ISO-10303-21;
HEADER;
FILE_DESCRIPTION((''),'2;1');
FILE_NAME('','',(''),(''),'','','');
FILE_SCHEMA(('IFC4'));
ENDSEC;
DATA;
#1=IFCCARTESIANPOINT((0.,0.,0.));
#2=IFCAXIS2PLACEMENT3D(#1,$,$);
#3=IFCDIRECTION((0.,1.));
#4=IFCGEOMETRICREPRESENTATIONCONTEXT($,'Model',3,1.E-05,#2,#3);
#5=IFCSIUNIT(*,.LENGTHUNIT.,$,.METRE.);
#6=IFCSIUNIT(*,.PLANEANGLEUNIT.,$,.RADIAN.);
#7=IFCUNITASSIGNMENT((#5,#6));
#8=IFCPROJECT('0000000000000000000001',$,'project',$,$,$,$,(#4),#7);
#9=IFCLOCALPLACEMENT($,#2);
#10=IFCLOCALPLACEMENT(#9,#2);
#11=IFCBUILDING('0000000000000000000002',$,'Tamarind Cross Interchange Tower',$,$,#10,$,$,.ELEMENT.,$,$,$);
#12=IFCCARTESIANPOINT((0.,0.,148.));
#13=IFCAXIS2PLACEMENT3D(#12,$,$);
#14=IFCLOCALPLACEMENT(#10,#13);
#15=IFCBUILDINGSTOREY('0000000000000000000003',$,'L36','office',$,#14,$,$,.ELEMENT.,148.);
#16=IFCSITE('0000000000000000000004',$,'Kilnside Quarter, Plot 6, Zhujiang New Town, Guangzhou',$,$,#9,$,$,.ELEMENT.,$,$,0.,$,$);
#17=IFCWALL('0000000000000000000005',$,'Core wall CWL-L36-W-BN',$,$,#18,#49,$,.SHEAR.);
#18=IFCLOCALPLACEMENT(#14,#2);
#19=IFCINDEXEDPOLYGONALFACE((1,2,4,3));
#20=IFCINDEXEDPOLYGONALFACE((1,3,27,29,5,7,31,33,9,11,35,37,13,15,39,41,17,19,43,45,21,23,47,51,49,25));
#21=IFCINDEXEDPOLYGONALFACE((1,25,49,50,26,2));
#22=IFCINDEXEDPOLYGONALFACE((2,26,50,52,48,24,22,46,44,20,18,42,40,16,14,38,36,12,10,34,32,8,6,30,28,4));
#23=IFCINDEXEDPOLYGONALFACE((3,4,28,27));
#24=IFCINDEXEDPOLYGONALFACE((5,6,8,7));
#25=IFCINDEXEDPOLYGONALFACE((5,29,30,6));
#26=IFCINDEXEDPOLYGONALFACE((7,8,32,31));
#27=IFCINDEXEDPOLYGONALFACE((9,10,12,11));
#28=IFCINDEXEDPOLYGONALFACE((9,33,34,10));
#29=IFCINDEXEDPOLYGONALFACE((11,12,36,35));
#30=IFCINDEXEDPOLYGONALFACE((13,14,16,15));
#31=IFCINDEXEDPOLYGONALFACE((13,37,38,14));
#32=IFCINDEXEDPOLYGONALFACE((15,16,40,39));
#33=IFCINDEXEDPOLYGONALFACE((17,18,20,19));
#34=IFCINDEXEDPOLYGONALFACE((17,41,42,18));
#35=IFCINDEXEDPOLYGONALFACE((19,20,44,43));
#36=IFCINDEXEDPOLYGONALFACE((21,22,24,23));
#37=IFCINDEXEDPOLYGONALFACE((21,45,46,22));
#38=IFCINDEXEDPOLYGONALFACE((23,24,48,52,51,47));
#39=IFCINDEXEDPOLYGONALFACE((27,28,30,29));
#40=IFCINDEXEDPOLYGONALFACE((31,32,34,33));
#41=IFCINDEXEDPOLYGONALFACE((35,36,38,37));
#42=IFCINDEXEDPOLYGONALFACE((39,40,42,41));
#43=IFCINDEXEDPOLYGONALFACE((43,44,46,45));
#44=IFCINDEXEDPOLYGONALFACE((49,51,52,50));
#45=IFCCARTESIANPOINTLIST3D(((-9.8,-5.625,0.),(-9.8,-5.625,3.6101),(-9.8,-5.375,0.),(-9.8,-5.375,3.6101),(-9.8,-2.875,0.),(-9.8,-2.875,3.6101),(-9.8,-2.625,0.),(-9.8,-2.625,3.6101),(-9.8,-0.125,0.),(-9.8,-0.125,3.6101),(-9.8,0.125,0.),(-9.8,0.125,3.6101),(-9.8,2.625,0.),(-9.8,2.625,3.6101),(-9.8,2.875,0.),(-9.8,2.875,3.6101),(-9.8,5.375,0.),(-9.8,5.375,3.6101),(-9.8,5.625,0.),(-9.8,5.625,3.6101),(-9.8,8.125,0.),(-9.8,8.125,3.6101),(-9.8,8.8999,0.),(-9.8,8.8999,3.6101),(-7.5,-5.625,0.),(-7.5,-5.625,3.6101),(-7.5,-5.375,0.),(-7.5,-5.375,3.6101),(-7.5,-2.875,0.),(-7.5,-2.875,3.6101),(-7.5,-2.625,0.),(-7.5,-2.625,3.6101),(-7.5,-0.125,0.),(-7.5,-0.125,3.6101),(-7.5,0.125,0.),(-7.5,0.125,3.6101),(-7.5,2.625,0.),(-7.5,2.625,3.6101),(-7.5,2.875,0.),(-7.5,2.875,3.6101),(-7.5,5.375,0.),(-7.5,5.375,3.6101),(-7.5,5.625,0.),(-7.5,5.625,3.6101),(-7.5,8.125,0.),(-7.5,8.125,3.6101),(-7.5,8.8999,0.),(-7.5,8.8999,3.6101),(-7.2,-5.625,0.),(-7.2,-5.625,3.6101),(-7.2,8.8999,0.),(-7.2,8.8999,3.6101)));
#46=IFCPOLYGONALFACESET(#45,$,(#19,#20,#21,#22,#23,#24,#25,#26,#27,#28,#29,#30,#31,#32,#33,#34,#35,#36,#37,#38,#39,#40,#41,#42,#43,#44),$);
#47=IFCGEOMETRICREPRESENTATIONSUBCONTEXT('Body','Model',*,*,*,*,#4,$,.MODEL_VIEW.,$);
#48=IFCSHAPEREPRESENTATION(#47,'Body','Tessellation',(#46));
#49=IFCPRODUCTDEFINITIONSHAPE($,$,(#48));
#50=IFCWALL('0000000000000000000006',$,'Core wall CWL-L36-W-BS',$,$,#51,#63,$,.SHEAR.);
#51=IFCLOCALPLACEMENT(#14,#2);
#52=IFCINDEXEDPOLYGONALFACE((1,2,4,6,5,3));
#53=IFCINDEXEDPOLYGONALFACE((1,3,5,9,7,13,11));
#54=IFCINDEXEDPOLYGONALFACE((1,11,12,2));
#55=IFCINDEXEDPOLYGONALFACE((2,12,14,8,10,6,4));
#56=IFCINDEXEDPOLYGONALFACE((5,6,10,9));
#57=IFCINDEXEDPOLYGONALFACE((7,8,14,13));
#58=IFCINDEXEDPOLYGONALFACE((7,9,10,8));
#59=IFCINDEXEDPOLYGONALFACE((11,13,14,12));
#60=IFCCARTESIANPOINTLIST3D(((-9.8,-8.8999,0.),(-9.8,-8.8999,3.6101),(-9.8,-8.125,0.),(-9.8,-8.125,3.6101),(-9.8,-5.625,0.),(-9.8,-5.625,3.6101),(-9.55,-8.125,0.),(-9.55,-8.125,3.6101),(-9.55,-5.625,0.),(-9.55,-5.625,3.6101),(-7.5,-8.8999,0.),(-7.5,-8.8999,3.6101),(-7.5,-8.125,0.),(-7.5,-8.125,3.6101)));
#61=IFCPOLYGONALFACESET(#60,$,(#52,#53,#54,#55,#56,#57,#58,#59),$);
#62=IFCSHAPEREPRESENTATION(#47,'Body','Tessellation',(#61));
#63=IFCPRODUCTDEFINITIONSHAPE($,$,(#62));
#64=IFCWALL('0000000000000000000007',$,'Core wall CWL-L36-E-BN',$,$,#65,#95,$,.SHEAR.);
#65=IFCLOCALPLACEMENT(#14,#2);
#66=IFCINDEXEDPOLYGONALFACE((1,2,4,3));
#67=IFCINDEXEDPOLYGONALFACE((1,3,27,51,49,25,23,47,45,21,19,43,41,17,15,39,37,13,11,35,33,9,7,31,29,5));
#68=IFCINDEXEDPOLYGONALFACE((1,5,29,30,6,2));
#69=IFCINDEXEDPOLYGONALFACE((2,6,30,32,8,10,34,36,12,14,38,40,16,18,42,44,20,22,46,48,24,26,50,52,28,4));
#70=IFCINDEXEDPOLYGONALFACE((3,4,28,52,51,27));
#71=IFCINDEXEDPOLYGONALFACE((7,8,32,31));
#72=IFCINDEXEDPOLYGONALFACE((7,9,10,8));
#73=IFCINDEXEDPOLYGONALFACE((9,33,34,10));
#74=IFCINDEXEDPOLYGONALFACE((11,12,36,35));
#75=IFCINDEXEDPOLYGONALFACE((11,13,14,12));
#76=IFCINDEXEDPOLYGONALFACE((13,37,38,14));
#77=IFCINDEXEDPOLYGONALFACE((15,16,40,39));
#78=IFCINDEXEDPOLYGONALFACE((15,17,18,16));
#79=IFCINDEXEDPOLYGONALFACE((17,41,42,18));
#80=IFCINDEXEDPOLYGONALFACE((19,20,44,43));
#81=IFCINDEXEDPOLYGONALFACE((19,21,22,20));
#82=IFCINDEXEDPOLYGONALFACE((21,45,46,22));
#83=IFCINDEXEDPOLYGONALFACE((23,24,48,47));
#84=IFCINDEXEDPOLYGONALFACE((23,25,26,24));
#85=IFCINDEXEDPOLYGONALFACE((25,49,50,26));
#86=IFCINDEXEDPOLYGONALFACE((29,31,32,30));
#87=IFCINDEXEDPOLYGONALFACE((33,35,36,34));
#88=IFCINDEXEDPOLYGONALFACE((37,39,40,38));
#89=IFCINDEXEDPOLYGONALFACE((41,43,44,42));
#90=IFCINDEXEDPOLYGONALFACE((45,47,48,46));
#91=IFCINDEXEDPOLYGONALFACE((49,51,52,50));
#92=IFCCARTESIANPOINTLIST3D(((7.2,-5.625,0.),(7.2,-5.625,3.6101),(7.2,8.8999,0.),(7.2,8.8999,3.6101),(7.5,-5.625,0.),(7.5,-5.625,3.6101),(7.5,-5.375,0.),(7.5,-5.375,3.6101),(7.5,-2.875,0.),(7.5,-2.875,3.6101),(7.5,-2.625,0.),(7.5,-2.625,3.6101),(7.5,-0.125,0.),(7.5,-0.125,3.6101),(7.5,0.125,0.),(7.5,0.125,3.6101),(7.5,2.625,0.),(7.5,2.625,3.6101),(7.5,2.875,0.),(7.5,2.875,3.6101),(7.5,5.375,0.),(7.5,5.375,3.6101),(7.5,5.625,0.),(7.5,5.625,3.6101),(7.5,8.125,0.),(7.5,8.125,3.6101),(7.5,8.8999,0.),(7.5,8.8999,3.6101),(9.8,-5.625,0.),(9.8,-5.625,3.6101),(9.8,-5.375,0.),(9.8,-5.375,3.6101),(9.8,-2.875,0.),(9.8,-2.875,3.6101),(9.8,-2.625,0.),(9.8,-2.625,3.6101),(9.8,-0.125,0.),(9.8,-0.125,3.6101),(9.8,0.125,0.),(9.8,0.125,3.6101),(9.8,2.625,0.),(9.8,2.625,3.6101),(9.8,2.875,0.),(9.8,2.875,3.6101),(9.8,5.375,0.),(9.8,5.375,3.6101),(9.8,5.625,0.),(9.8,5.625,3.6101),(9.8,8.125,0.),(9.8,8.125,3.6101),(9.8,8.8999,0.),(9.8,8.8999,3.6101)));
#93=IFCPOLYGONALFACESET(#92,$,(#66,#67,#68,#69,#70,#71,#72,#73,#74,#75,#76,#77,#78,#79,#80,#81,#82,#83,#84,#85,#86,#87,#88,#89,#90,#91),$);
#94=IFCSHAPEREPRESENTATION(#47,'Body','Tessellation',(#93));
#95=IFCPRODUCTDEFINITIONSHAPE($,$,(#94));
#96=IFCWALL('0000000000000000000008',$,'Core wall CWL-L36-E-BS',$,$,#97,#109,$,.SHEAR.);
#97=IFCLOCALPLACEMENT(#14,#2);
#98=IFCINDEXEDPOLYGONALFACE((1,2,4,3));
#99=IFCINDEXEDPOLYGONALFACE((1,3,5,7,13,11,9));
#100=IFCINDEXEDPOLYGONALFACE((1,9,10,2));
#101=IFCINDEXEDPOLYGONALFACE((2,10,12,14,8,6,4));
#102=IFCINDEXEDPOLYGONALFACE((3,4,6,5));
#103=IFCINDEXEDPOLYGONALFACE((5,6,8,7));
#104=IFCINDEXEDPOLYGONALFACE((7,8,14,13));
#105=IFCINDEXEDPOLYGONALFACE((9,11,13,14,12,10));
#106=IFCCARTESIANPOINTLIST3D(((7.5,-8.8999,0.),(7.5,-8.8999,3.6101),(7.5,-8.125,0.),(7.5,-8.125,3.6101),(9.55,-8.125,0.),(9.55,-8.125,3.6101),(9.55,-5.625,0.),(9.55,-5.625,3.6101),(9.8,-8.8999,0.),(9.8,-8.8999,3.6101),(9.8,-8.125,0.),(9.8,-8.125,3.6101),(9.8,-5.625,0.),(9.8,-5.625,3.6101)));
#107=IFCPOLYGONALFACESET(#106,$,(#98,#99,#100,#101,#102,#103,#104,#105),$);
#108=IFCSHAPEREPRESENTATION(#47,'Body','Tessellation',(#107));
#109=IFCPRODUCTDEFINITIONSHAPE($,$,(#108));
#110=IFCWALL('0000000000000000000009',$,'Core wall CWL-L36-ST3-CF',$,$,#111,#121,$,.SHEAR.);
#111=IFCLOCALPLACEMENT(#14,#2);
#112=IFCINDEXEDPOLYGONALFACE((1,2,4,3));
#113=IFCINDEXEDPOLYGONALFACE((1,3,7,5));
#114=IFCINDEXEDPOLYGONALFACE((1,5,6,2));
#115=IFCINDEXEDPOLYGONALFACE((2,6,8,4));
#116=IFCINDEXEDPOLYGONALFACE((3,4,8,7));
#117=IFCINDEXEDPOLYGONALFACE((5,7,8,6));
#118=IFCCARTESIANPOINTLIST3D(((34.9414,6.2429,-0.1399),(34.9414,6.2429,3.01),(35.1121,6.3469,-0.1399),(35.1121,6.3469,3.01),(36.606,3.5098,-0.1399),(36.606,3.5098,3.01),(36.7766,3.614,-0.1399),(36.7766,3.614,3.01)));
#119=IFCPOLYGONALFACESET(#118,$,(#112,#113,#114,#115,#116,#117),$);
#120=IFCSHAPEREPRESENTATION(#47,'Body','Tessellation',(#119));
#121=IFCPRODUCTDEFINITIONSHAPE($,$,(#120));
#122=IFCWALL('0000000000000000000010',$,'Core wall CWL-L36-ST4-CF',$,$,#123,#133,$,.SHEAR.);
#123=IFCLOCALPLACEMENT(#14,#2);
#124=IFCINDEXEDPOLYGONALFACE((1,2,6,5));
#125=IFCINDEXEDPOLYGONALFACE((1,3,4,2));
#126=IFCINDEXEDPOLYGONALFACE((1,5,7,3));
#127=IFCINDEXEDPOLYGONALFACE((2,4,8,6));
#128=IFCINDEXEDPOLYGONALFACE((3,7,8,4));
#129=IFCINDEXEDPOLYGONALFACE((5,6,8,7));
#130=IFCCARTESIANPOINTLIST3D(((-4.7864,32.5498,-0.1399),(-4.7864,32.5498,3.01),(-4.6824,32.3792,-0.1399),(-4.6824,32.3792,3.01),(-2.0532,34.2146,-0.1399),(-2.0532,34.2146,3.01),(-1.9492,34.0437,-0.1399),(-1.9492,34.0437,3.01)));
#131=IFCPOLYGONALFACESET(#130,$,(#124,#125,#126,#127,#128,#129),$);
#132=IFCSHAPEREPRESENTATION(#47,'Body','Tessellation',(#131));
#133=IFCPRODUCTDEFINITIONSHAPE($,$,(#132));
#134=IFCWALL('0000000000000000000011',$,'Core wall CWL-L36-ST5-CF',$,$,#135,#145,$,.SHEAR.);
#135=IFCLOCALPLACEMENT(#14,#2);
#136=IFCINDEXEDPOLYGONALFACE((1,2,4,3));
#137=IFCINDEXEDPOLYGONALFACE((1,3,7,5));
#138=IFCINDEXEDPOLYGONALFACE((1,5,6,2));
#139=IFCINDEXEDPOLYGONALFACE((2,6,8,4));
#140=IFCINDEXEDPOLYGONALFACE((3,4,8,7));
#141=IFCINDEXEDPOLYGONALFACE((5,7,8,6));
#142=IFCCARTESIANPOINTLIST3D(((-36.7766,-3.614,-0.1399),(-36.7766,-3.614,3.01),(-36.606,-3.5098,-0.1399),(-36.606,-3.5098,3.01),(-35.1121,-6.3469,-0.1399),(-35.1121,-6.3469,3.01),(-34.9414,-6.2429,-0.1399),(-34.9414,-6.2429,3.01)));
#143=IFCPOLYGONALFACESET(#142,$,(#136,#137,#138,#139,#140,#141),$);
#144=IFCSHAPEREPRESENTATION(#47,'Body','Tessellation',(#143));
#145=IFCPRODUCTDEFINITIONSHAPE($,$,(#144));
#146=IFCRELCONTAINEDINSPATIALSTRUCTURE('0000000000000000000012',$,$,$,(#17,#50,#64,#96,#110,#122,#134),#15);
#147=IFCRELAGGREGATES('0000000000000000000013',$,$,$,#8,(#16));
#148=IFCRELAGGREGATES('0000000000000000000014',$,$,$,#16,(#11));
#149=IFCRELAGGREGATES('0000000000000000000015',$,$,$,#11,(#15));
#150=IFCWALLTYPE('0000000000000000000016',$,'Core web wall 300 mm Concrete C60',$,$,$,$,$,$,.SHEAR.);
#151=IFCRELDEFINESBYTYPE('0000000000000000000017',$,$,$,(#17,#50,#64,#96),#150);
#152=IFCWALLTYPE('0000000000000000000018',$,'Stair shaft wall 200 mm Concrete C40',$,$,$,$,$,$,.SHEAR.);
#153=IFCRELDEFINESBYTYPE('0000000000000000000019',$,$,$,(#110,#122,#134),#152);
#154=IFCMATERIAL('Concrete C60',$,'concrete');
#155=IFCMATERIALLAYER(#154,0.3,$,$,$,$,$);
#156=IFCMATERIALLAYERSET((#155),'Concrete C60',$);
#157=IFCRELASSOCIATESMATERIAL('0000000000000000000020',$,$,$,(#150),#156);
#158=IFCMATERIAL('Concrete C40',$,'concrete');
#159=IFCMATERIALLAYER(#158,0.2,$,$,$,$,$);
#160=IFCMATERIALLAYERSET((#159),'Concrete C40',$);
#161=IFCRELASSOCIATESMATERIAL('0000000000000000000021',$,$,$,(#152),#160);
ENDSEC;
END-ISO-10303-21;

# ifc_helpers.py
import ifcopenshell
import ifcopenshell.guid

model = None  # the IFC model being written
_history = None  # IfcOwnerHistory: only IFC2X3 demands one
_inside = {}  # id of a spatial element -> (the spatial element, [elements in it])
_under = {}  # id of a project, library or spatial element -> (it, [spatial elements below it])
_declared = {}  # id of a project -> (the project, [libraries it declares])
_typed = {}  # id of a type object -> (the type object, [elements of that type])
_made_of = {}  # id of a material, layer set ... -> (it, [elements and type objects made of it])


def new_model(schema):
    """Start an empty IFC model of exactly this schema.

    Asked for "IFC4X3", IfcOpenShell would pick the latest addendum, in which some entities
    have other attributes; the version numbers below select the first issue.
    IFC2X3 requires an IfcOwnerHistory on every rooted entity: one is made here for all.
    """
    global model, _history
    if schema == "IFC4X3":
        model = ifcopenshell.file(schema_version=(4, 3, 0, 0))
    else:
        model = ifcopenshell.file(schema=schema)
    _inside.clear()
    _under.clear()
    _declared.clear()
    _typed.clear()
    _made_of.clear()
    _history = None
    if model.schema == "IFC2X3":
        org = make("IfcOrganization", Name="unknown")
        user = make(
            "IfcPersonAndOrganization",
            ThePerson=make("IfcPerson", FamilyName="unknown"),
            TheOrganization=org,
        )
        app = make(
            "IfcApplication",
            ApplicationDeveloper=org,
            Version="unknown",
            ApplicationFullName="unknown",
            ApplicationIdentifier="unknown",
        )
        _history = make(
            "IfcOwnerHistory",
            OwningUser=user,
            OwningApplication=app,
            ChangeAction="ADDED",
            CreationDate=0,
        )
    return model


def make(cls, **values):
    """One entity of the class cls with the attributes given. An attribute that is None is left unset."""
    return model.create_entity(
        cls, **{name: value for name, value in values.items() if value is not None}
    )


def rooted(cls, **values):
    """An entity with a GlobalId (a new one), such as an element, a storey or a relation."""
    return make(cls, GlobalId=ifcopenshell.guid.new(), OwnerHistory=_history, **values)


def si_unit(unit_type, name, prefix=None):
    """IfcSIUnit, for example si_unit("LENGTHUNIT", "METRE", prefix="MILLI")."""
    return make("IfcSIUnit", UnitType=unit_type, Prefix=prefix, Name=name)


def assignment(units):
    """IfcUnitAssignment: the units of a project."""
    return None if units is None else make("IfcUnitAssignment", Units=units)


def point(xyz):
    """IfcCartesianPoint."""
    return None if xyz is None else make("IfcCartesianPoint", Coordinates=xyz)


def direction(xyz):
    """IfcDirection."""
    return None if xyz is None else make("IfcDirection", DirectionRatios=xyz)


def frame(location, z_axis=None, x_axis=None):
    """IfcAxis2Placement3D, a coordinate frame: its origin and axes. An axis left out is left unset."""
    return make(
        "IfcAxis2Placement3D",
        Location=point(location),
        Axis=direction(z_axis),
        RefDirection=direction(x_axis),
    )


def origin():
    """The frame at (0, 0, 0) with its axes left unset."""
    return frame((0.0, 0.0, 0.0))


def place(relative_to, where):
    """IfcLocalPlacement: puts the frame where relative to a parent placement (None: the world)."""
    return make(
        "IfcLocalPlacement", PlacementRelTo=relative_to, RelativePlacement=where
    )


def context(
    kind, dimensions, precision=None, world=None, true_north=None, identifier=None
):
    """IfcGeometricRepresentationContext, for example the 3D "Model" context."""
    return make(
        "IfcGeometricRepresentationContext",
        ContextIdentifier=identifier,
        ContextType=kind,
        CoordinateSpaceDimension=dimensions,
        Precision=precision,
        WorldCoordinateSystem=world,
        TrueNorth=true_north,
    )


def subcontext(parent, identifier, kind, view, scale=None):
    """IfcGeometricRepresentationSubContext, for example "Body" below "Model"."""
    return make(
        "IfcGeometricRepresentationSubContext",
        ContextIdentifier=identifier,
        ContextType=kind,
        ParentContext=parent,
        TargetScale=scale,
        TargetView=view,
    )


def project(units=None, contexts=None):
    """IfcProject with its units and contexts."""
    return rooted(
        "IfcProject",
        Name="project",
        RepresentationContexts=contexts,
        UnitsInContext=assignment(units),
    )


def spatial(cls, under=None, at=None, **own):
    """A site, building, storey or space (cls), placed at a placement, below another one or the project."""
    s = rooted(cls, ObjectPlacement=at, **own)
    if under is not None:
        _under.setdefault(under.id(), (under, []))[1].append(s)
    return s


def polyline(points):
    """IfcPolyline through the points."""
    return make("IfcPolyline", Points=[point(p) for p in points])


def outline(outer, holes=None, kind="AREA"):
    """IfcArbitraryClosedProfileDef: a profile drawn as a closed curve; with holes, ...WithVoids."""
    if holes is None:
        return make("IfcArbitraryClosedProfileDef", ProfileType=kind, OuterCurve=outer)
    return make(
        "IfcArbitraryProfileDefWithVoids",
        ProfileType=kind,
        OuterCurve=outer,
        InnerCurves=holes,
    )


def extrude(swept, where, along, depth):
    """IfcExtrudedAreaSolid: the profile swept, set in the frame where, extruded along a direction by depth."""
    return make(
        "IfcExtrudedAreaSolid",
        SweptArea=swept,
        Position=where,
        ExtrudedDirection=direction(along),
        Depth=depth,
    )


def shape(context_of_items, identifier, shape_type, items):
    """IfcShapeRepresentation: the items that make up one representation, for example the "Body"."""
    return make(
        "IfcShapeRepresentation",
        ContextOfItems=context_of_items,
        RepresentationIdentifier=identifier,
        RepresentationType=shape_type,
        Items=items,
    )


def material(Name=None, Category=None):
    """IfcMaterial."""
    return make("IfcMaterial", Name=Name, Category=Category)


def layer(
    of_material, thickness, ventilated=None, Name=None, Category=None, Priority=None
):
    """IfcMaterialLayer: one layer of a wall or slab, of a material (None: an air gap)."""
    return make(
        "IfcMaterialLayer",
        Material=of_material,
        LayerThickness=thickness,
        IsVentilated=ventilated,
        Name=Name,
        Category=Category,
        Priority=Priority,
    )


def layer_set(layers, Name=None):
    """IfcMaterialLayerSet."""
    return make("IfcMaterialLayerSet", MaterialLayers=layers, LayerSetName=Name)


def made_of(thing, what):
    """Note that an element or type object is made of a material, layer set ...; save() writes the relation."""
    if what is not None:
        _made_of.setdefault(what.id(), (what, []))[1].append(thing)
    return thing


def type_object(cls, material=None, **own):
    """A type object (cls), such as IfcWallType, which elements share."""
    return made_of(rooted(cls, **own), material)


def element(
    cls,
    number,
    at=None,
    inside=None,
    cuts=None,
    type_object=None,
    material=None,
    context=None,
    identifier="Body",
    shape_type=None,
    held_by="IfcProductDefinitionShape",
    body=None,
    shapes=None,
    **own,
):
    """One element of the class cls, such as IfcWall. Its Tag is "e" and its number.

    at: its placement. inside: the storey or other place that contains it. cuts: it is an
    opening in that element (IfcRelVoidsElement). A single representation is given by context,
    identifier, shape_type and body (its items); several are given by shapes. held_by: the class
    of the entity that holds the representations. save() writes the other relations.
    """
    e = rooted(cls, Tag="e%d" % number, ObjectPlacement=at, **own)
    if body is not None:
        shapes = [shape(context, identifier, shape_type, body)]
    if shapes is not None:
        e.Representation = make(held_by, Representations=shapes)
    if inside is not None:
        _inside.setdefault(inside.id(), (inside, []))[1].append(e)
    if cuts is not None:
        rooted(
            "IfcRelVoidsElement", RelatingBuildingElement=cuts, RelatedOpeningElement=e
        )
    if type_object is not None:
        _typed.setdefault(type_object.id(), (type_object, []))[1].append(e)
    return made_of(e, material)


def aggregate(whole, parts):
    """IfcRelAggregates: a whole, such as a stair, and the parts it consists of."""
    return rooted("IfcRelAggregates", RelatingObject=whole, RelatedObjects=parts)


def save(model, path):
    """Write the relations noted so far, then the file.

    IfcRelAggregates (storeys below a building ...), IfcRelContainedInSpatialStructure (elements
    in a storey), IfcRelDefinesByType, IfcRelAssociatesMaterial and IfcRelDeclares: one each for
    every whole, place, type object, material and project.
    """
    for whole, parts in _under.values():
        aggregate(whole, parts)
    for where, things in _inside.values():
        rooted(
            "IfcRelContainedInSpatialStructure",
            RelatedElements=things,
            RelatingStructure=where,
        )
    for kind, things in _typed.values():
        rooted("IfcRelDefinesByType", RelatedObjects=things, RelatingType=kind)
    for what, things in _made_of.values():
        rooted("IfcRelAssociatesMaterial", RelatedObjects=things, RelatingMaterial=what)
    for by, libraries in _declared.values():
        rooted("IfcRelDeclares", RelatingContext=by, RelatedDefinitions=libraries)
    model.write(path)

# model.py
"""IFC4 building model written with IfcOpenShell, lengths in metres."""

from ifc_helpers import new_model, si_unit, direction, frame, origin, place, context, subcontext, project, spatial, polyline, outline, extrude, material, layer, layer_set, type_object, element, save


model = new_model("IFC4")

# Units and contexts
model_context = context("Model", 3, precision=1e-05, world=origin(), true_north=direction((0.0, 1.0)))
body_context = subcontext(model_context, "Body", "Model", "MODEL_VIEW")
ifc_project = project(units=[si_unit("LENGTHUNIT", "METRE"), si_unit("PLANEANGLEUNIT", "RADIAN")], contexts=[model_context])

# Site, building, storey
site_placement = place(None, origin())
site = spatial("IfcSite", under=ifc_project, at=site_placement, Name="Kilnside Quarter, Plot 6, Zhujiang New Town, Guangzhou", CompositionType="ELEMENT", RefElevation=0.0)
building_placement = place(site_placement, origin())
building = spatial("IfcBuilding", under=site, at=building_placement, Name="Tamarind Cross Interchange Tower", CompositionType="ELEMENT")
storey_placement = place(building_placement, frame((0.0, 0.0, 148.0)))
storey = spatial("IfcBuildingStorey", under=building, at=storey_placement, Name="L36", Description="office", CompositionType="ELEMENT", Elevation=148.0)

# Shared definitions
ifc_material_1 = material(Name="Concrete C40", Category="concrete")

# Walls
ifc_material_2 = material(Name="Concrete C60", Category="concrete")
ifc_layer_1 = layer(ifc_material_2, 0.3)
ifc_layer_set_1 = layer_set([ifc_layer_1], Name="Concrete C60")
wall_type_1 = type_object("IfcWallType", Name="Core web wall 300 mm Concrete C60", PredefinedType="SHEAR", material=ifc_layer_set_1)
wall_1_placement = place(storey_placement, origin())
element("IfcWall", 1, at=wall_1_placement, inside=storey, type_object=wall_type_1, Name="Core wall CWL-L36-W-BN", PredefinedType="SHEAR", context=body_context, shape_type="SweptSolid", body=[
    extrude(outline(polyline([(-9.8, -5.375), (-9.8, -5.625), (-7.5, -5.625), (-7.2, -5.625), (-7.2, 8.8999), (-7.5, 8.8999), (-9.8, 8.8999), (-9.8, 8.125), (-7.5, 8.125), (-7.5, 5.625), (-9.8, 5.625), (-9.8, 5.375), (-7.5, 5.375), (-7.5, 2.875), (-9.8, 2.875), (-9.8, 2.625), (-7.5, 2.625), (-7.5, 0.125), (-9.8, 0.125), (-9.8, -0.125), (-7.5, -0.125), (-7.5, -2.625), (-9.8, -2.625), (-9.8, -2.875), (-7.5, -2.875), (-7.5, -5.375), (-9.8, -5.375)])), origin(), (0.0, 0.0, 1.0), 3.6101),
])
wall_2_placement = place(storey_placement, origin())
element("IfcWall", 2, at=wall_2_placement, inside=storey, type_object=wall_type_1, Name="Core wall CWL-L36-W-BS", PredefinedType="SHEAR", context=body_context, shape_type="SweptSolid", body=[
    extrude(outline(polyline([(-7.5, -8.125), (-9.55, -8.125), (-9.55, -5.625), (-9.8, -5.625), (-9.8, -8.125), (-9.8, -8.8999), (-7.5, -8.8999), (-7.5, -8.125)])), origin(), (0.0, 0.0, 1.0), 3.6101),
])
wall_3_placement = place(storey_placement, origin())
element("IfcWall", 3, at=wall_3_placement, inside=storey, type_object=wall_type_1, Name="Core wall CWL-L36-E-BN", PredefinedType="SHEAR", context=body_context, shape_type="SweptSolid", body=[
    extrude(outline(polyline([(9.8, -5.375), (7.5, -5.375), (7.5, -2.875), (9.8, -2.875), (9.8, -2.625), (7.5, -2.625), (7.5, -0.125), (9.8, -0.125), (9.8, 0.125), (7.5, 0.125), (7.5, 2.625), (9.8, 2.625), (9.8, 2.875), (7.5, 2.875), (7.5, 5.375), (9.8, 5.375), (9.8, 5.625), (7.5, 5.625), (7.5, 8.125), (9.8, 8.125), (9.8, 8.8999), (7.5, 8.8999), (7.2, 8.8999), (7.2, -5.625), (7.5, -5.625), (9.8, -5.625), (9.8, -5.375)])), origin(), (0.0, 0.0, 1.0), 3.6101),
])
wall_4_placement = place(storey_placement, origin())
element("IfcWall", 4, at=wall_4_placement, inside=storey, type_object=wall_type_1, Name="Core wall CWL-L36-E-BS", PredefinedType="SHEAR", context=body_context, shape_type="SweptSolid", body=[
    extrude(outline(polyline([(7.5, -8.125), (7.5, -8.8999), (9.8, -8.8999), (9.8, -8.125), (9.8, -5.625), (9.55, -5.625), (9.55, -8.125), (7.5, -8.125)])), origin(), (0.0, 0.0, 1.0), 3.6101),
])
ifc_layer_2 = layer(ifc_material_1, 0.2)
ifc_layer_set_2 = layer_set([ifc_layer_2], Name="Concrete C40")
wall_type_2 = type_object("IfcWallType", Name="Stair shaft wall 200 mm Concrete C40", PredefinedType="SHEAR", material=ifc_layer_set_2)
wall_5_placement = place(storey_placement, frame((0.0, 0.0, -0.1399)))
element("IfcWall", 5, at=wall_5_placement, inside=storey, type_object=wall_type_2, Name="Core wall CWL-L36-ST3-CF", PredefinedType="SHEAR", context=body_context, shape_type="SweptSolid", body=[
    extrude(outline(polyline([(36.606, 3.5098), (36.7766, 3.614), (35.1121, 6.3469), (34.9414, 6.2429), (36.606, 3.5098)])), origin(), (0.0, 0.0, 1.0), 3.1499),
])
wall_6_placement = place(storey_placement, frame((0.0, 0.0, -0.1399)))
element("IfcWall", 6, at=wall_6_placement, inside=storey, type_object=wall_type_2, Name="Core wall CWL-L36-ST4-CF", PredefinedType="SHEAR", context=body_context, shape_type="SweptSolid", body=[
    extrude(outline(polyline([(-1.9492, 34.0437), (-2.0532, 34.2146), (-4.7864, 32.5498), (-4.6824, 32.3792), (-1.9492, 34.0437)])), origin(), (0.0, 0.0, 1.0), 3.1499),
])
wall_7_placement = place(storey_placement, frame((0.0, 0.0, -0.1399)))
element("IfcWall", 7, at=wall_7_placement, inside=storey, type_object=wall_type_2, Name="Core wall CWL-L36-ST5-CF", PredefinedType="SHEAR", context=body_context, shape_type="SweptSolid", body=[
    extrude(outline(polyline([(-36.606, -3.5098), (-36.7766, -3.614), (-35.1121, -6.3469), (-34.9414, -6.2429), (-36.606, -3.5098)])), origin(), (0.0, 0.0, 1.0), 3.1499),
])

save(model, "model.ifc")
